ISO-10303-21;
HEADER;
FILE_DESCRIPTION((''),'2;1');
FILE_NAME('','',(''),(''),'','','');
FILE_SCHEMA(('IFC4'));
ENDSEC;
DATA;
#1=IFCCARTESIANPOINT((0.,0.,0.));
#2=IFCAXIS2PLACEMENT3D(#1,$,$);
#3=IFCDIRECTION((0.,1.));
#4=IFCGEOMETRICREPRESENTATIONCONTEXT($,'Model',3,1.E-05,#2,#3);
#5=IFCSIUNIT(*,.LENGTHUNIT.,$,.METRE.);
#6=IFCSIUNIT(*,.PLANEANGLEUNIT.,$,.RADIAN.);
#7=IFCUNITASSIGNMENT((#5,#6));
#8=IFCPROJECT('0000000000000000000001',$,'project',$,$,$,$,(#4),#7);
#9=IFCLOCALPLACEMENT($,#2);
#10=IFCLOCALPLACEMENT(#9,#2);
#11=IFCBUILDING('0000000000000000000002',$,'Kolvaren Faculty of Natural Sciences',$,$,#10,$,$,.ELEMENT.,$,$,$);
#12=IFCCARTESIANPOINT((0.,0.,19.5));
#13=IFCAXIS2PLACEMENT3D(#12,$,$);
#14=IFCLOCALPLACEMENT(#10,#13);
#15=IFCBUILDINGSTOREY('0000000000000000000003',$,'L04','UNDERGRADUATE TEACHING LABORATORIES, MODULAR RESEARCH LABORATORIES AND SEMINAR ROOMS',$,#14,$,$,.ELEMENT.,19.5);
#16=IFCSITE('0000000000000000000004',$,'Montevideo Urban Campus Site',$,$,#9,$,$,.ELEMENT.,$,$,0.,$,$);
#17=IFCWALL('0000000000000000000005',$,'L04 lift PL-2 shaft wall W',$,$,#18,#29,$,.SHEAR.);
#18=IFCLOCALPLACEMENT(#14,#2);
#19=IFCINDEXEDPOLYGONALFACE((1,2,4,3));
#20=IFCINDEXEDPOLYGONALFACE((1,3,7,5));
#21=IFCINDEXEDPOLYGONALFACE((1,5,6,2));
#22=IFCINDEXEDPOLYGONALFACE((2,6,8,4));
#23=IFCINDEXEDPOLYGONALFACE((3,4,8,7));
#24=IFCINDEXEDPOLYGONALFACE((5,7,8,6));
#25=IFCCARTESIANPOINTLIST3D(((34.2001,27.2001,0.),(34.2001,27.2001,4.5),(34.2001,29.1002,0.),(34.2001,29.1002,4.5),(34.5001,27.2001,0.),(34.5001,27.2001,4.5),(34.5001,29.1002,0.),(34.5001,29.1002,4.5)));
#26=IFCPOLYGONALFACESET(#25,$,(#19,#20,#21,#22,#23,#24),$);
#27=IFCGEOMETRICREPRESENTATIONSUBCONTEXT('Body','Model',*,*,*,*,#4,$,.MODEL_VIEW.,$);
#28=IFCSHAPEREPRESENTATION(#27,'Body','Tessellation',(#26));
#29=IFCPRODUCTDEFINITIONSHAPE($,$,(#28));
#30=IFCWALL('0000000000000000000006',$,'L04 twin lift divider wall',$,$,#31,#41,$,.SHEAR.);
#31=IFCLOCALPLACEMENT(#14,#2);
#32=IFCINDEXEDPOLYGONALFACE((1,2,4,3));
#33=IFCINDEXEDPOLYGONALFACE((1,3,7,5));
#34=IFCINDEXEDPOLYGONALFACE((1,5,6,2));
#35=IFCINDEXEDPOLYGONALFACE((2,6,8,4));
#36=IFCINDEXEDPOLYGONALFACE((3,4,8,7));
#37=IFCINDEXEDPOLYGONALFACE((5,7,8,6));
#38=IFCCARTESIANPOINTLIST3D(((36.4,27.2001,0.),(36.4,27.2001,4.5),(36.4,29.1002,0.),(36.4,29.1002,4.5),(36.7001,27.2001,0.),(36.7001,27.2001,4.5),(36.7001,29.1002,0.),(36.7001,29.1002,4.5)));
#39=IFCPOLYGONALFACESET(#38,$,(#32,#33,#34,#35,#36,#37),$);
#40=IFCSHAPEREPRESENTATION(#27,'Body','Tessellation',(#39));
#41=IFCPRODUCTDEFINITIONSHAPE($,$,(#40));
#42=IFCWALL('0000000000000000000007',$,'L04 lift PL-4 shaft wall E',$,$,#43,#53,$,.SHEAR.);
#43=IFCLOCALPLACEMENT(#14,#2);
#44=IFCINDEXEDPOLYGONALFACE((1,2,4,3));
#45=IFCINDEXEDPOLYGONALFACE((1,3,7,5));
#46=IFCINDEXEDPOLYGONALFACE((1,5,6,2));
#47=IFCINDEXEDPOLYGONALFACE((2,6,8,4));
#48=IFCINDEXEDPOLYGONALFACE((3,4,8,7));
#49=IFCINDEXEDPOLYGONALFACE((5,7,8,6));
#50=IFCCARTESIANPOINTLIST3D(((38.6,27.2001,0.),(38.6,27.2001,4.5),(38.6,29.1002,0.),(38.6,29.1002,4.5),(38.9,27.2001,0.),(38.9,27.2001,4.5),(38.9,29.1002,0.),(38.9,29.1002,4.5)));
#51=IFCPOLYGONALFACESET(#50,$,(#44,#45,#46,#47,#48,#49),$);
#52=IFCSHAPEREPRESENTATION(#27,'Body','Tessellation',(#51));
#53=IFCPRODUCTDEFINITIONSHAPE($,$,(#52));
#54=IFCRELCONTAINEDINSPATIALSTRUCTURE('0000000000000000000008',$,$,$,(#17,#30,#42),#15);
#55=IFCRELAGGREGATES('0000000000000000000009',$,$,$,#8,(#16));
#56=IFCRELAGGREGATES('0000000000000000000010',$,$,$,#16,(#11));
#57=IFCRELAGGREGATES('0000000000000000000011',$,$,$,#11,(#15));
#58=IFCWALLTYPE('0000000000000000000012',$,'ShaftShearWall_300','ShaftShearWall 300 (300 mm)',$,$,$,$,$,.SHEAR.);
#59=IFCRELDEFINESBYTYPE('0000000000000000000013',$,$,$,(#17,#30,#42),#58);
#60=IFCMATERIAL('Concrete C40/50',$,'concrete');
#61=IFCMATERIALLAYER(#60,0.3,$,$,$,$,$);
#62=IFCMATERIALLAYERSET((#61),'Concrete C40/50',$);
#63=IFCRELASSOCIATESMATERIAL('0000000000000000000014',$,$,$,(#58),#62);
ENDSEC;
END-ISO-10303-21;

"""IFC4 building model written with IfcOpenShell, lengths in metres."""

from ifc_helpers import new_model, si_unit, direction, frame, frame_2d, origin, place, context, subcontext, project, spatial, rectangle, extrude, material, layer, layer_set, type_object, element, save


model = new_model("IFC4")

# Units and contexts
model_context = context("Model", 3, precision=1e-05, world=origin(), true_north=direction((0.0, 1.0)))
body_context = subcontext(model_context, "Body", "Model", "MODEL_VIEW")
ifc_project = project(units=[si_unit("LENGTHUNIT", "METRE"), si_unit("PLANEANGLEUNIT", "RADIAN")], contexts=[model_context])

# Site, building, storey
site_placement = place(None, origin())
site = spatial("IfcSite", under=ifc_project, at=site_placement, Name="Montevideo Urban Campus Site", CompositionType="ELEMENT", RefElevation=0.0)
building_placement = place(site_placement, origin())
building = spatial("IfcBuilding", under=site, at=building_placement, Name="Kolvaren Faculty of Natural Sciences", CompositionType="ELEMENT")
storey_placement = place(building_placement, frame((0.0, 0.0, 19.5)))
storey = spatial("IfcBuildingStorey", under=building, at=storey_placement, Name="L04", Description="UNDERGRADUATE TEACHING LABORATORIES, MODULAR RESEARCH LABORATORIES AND SEMINAR ROOMS", CompositionType="ELEMENT", Elevation=19.5)

# Shared definitions
ifc_material_1 = material(Name="Concrete C40/50", Category="concrete")

# Shared definitions
ifc_layer_1 = layer(ifc_material_1, 0.3)
ifc_layer_set_1 = layer_set([ifc_layer_1], Name="Concrete C40/50")
wall_type_1 = type_object("IfcWallType", Name="ShaftShearWall_300", Description="ShaftShearWall 300 (300 mm)", PredefinedType="SHEAR", material=ifc_layer_set_1)

# Walls
for number, where, z_axis, x_axis, name in (
    (1, (34.3501, 27.2, 0.0), (0.0, 0.0, 1.0), (0.0, 1.0, 0.0), "L04 lift PL-2 shaft wall W"),
    (2, (36.55, 27.2, 0.0), (0.0, 0.0, 1.0), (0.0, 1.0, 0.0), "L04 twin lift divider wall"),
    (3, (38.75, 27.2, 0.0), (0.0, 0.0, 1.0), (0.0, 1.0, 0.0), "L04 lift PL-4 shaft wall E"),
):
    element("IfcWall", number, at=place(storey_placement, frame(where, z_axis=z_axis, x_axis=x_axis)), inside=storey, type_object=wall_type_1, Name=name, PredefinedType="SHEAR", context=body_context, shape_type="SweptSolid", body=[
        extrude(rectangle(XDim=1.9001, YDim=0.3, at=frame_2d((0.9502, 0.0))), origin(), (0.0, 0.0, 1.0), 4.5),
    ])

save(model, "model.ifc")
